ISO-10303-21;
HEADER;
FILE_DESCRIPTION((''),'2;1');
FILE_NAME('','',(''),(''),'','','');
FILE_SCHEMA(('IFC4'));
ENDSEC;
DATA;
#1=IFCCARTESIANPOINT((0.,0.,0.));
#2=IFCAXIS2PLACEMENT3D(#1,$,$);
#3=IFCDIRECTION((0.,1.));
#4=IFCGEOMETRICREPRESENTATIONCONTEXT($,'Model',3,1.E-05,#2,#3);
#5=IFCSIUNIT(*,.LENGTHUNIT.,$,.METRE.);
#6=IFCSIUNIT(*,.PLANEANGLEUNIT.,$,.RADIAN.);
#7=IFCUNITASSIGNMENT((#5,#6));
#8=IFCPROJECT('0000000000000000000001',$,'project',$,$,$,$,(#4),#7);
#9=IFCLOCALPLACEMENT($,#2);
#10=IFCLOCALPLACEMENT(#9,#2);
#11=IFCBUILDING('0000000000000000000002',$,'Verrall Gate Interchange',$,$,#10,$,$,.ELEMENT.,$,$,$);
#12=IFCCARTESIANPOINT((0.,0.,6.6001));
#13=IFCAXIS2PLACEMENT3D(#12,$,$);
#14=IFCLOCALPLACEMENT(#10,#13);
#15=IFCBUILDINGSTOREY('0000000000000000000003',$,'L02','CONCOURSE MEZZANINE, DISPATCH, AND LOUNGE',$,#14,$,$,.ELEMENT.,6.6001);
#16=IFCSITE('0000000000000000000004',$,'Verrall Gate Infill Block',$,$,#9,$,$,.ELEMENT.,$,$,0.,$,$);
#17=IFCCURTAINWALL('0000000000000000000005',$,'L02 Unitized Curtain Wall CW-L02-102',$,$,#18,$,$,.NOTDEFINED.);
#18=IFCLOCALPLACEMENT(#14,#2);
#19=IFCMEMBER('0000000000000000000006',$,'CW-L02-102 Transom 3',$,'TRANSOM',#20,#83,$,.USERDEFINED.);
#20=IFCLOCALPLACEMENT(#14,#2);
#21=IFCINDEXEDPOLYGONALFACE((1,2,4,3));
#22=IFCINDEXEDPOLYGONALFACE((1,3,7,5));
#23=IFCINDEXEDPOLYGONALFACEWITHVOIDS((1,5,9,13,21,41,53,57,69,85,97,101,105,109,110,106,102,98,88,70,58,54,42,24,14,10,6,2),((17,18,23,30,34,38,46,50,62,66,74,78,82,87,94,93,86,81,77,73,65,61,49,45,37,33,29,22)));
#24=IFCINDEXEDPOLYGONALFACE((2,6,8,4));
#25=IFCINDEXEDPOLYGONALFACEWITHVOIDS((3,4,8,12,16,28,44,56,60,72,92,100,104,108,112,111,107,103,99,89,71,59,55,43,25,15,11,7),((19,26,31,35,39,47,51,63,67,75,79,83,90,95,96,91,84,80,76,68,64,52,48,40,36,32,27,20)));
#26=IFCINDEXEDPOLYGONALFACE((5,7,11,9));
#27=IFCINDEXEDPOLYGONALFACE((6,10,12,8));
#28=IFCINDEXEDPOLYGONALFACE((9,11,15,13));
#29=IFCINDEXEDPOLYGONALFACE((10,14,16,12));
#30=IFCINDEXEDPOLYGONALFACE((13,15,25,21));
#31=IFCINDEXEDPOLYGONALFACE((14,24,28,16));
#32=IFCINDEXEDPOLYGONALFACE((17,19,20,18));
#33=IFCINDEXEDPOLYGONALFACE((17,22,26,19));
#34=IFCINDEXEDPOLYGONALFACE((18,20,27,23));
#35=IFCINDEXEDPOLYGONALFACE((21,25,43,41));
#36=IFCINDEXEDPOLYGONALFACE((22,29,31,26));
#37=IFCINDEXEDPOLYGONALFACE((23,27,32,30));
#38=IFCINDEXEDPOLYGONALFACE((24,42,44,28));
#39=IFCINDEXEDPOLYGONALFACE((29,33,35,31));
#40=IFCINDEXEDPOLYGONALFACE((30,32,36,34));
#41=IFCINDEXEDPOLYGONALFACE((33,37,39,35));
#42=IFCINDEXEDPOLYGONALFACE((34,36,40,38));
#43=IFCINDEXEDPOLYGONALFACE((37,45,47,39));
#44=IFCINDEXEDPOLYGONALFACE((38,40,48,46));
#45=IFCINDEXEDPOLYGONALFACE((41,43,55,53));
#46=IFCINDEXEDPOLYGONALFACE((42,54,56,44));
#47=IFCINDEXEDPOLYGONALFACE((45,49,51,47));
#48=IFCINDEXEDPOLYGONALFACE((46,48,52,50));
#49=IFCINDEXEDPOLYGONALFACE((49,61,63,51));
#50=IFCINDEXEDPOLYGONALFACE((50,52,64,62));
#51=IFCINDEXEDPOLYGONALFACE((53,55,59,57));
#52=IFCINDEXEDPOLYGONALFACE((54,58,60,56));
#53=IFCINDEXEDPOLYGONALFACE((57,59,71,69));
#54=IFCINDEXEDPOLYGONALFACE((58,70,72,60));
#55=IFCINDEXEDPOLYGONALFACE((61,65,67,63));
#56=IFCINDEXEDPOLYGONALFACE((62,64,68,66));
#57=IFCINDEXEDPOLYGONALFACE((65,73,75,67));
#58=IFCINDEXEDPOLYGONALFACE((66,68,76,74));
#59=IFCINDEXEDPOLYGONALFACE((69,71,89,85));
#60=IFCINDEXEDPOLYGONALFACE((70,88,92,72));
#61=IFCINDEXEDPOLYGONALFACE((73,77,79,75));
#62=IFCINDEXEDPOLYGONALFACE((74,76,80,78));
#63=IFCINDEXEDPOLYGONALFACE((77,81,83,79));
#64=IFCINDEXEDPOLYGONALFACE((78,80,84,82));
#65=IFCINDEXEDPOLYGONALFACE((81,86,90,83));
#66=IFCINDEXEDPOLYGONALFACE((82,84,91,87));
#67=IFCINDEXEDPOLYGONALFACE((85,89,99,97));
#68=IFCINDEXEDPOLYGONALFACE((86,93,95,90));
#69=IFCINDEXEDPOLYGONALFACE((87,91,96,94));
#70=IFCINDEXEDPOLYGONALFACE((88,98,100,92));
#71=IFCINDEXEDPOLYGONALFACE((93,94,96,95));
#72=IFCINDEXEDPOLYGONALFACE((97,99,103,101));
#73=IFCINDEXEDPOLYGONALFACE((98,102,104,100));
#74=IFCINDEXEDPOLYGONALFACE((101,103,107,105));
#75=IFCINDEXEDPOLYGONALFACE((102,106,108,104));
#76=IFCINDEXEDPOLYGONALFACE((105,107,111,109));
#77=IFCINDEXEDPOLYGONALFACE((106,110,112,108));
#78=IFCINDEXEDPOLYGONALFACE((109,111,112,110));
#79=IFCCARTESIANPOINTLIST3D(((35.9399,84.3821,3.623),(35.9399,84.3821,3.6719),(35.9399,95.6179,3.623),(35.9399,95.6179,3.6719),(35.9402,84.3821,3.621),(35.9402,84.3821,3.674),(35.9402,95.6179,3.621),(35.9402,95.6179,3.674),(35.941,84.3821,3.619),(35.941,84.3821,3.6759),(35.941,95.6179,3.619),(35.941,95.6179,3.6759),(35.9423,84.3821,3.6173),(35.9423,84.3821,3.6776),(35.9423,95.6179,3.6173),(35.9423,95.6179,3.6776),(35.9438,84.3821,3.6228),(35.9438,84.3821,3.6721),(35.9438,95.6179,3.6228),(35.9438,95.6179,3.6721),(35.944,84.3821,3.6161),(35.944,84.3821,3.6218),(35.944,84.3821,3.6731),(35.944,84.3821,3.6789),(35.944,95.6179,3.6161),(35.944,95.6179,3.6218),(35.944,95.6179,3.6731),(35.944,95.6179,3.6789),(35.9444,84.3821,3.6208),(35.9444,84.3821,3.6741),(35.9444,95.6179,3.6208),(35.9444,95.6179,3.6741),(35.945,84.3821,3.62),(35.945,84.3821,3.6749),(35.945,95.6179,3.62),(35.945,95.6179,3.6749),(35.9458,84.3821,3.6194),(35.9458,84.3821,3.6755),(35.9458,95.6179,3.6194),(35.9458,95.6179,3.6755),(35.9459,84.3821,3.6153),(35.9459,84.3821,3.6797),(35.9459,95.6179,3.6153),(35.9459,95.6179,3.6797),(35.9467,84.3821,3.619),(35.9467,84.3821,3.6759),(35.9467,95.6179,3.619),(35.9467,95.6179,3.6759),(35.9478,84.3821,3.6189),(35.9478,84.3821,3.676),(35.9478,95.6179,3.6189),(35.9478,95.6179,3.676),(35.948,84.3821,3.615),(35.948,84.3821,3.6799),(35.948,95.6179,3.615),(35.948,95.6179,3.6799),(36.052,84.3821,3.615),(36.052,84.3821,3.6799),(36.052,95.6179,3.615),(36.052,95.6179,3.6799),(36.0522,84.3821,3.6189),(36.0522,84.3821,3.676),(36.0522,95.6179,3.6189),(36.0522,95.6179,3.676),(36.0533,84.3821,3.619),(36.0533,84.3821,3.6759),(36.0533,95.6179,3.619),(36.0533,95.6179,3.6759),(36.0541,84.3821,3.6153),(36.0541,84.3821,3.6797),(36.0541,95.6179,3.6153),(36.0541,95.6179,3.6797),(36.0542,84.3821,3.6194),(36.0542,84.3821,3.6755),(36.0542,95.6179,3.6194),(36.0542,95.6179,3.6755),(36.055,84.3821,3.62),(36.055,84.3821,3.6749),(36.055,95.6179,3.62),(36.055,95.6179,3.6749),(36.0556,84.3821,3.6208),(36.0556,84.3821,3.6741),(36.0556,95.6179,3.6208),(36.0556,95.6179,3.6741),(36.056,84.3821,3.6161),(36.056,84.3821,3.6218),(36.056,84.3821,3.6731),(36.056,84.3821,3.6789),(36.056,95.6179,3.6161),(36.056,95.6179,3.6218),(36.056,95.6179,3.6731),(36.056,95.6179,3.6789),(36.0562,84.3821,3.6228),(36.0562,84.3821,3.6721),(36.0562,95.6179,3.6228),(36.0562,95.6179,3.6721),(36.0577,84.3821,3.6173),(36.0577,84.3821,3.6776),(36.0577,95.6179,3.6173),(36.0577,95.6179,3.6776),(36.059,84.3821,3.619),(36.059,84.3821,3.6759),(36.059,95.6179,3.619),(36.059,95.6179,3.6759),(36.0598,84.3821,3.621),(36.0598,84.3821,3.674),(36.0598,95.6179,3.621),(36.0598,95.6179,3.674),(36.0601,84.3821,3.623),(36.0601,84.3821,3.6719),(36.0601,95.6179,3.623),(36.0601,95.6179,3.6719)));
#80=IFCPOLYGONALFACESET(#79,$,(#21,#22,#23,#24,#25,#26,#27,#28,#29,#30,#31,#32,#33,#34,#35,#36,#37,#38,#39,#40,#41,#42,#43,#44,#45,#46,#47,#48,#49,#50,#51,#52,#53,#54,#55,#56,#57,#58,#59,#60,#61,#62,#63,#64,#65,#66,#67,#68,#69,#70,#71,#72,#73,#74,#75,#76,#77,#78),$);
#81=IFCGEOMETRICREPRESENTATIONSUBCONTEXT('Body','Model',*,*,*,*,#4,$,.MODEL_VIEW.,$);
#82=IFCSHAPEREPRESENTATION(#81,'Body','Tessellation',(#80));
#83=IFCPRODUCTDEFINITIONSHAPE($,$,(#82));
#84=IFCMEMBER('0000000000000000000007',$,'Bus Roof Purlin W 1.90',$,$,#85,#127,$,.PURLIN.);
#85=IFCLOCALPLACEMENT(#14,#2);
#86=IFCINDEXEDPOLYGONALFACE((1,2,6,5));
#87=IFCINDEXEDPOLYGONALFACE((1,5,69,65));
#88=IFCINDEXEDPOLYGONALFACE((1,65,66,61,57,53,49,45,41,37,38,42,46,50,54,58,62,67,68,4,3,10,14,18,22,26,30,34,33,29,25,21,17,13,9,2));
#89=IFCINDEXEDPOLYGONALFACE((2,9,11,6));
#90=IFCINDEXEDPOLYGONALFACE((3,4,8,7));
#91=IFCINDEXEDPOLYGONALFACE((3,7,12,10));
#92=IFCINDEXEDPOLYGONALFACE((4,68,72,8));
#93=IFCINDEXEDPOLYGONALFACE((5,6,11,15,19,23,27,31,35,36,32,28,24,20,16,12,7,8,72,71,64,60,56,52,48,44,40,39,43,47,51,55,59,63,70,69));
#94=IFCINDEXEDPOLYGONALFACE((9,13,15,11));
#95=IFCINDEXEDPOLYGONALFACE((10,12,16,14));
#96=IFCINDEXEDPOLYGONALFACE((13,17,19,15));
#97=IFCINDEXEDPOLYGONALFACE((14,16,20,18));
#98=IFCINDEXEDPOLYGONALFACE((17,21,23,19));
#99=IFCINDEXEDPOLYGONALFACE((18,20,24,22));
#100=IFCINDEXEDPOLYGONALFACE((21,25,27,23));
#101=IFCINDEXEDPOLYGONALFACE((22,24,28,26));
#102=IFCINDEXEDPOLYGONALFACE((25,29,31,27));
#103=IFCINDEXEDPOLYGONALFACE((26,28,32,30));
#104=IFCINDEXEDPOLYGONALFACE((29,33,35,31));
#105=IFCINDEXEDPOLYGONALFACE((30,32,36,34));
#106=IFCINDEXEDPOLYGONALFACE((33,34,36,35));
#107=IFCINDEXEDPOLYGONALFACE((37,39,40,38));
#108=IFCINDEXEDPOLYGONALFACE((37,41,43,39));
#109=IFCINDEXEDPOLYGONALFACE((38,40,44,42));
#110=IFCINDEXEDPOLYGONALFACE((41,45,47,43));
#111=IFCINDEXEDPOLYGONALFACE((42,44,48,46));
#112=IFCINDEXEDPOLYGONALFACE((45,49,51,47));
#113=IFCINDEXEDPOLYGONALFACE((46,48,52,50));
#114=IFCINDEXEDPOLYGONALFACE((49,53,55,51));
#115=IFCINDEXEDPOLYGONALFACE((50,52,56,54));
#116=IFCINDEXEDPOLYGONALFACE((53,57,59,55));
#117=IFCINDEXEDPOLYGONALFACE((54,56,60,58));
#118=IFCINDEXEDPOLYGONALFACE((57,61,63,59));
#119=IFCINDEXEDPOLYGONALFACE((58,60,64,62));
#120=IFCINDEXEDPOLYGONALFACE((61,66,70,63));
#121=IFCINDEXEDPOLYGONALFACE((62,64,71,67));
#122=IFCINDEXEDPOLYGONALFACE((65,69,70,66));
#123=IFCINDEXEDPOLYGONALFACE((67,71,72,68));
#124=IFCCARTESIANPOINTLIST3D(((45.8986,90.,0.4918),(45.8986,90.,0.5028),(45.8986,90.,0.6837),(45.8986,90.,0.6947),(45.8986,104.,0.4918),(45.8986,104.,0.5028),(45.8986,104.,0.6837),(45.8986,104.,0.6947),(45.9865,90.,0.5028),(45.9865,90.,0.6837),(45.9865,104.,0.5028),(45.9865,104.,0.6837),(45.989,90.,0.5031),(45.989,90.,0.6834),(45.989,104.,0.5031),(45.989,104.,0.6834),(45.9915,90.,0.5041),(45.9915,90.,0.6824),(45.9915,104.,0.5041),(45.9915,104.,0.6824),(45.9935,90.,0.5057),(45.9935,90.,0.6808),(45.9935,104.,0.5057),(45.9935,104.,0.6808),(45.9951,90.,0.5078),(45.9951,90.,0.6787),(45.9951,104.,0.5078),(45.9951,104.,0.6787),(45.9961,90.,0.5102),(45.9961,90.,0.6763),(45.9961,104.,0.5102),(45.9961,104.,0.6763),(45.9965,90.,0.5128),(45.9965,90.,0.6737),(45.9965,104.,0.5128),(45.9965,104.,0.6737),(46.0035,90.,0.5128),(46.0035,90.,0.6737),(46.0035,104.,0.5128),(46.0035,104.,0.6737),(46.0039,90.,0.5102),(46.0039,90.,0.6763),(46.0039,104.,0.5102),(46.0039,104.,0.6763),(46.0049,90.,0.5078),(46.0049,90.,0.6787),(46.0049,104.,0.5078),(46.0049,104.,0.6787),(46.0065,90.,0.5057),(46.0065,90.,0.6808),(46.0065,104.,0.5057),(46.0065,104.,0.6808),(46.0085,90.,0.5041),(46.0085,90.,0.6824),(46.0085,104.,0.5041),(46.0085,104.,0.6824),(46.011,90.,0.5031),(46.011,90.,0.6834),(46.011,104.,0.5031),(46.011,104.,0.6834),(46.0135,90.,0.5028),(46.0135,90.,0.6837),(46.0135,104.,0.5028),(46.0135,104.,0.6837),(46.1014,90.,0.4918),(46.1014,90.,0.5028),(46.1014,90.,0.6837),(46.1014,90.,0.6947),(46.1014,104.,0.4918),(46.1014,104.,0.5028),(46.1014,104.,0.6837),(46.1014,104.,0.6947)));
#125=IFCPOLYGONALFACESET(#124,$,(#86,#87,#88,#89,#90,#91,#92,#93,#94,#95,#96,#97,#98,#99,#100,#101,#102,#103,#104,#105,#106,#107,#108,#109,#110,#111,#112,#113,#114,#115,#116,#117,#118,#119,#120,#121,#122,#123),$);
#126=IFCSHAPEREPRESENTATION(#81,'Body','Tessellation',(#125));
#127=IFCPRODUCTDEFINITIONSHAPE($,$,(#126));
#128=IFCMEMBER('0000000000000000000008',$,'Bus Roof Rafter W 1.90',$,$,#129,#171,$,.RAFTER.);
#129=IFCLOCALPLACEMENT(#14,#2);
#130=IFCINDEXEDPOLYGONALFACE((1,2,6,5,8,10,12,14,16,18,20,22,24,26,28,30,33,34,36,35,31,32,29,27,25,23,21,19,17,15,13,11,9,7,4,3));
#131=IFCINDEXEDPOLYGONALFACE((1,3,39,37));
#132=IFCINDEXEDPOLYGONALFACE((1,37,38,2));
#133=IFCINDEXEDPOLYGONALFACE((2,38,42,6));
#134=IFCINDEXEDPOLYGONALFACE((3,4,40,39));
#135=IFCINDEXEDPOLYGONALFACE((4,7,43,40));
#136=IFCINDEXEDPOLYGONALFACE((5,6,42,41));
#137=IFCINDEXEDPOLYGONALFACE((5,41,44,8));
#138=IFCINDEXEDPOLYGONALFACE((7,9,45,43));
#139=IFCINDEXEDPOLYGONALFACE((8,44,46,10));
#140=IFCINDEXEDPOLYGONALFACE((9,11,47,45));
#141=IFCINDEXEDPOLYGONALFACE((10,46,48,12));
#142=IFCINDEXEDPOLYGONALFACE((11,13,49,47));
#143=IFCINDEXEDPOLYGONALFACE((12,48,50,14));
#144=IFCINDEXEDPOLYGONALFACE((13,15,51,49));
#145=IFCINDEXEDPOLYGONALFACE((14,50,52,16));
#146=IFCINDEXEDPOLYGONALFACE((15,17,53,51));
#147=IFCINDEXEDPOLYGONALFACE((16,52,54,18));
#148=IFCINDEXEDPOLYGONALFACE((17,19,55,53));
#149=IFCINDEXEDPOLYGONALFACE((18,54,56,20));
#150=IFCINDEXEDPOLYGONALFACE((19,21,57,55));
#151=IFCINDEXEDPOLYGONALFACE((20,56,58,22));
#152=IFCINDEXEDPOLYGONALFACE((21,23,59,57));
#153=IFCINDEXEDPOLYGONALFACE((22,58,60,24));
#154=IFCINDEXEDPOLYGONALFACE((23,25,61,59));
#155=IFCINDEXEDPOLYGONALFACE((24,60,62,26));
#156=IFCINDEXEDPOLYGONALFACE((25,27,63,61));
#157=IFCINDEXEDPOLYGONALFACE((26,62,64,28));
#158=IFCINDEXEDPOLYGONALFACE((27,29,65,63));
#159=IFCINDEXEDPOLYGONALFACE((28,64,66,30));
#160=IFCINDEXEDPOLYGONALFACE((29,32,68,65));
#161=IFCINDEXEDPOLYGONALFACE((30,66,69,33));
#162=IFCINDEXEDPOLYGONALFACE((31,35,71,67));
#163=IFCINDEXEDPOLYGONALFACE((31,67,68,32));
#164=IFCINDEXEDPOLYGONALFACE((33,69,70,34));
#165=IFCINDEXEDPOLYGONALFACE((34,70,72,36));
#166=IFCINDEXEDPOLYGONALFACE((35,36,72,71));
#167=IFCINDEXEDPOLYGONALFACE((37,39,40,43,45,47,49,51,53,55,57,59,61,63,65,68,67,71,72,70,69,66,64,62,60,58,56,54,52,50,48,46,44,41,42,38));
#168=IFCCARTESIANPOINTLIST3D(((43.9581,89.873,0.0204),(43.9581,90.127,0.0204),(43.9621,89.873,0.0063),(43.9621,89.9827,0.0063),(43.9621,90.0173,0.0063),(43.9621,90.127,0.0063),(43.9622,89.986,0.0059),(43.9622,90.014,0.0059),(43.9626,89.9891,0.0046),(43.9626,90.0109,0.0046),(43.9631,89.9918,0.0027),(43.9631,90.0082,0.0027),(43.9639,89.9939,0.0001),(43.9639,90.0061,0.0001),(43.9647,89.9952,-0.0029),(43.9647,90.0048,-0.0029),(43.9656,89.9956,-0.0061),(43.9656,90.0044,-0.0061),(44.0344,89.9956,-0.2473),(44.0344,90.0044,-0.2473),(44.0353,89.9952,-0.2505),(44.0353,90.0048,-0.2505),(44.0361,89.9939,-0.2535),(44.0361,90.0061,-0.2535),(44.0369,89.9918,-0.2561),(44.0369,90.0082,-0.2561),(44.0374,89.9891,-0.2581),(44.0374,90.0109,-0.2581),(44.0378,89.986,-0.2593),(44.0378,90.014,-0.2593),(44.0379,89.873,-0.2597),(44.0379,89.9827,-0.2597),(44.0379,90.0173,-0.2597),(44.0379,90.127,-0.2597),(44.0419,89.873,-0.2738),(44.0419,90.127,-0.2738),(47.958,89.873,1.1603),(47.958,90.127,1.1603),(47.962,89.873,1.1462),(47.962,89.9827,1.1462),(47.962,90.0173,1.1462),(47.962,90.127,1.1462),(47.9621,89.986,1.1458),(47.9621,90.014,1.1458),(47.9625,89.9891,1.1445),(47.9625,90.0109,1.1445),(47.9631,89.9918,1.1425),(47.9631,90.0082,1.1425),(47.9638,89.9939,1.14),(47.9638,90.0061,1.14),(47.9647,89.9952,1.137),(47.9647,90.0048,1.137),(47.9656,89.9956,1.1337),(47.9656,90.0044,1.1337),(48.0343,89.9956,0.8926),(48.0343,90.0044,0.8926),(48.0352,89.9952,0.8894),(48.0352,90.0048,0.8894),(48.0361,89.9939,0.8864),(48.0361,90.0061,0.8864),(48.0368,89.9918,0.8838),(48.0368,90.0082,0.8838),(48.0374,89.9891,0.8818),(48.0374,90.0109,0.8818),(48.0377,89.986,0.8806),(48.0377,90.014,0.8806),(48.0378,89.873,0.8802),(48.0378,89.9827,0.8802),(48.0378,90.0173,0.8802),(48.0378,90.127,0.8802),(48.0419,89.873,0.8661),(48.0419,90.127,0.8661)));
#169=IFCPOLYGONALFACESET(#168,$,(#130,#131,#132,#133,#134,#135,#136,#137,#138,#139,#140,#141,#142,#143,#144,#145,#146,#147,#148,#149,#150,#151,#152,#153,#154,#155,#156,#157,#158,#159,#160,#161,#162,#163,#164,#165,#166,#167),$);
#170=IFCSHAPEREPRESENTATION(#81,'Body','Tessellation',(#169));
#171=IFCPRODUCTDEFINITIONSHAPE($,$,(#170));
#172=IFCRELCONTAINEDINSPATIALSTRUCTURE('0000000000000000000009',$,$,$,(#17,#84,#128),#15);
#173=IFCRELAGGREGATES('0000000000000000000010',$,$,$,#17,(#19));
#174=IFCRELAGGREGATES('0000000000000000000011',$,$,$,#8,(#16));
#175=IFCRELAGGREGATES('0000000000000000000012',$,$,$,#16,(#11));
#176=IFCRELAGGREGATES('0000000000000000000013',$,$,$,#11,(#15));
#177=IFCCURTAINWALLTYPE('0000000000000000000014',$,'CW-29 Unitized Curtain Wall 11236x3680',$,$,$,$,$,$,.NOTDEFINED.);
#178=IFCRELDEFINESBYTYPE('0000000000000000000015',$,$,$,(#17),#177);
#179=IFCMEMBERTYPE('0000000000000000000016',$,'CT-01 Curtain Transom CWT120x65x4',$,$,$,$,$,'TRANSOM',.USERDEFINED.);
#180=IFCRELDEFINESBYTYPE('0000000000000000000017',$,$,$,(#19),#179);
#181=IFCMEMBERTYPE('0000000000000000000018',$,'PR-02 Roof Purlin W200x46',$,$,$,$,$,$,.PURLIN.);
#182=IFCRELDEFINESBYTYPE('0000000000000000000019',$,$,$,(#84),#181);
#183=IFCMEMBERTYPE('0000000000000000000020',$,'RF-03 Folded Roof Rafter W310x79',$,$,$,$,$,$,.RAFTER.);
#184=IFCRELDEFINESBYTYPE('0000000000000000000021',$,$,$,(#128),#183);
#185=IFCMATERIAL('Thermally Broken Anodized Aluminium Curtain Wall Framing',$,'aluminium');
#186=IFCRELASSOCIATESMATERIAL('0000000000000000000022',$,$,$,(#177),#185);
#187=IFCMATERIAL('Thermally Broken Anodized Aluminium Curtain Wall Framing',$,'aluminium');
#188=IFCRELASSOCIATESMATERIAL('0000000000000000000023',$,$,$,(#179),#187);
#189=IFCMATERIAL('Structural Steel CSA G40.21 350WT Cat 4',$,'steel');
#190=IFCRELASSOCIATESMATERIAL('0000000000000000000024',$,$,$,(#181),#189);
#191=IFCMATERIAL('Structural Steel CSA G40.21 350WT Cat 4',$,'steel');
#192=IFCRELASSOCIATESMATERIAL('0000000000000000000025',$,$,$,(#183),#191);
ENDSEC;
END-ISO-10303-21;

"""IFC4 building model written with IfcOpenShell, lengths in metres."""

from ifc_helpers import new_model, si_unit, direction, frame, origin, origin_2d, place, context, subcontext, project, spatial, hollow_rectangle, i_section, extrude, material, material_profile, profile_set, type_object, element, aggregate, save


model = new_model("IFC4")

# Units and contexts
model_context = context("Model", 3, precision=1e-05, world=origin(), true_north=direction((0.0, 1.0)))
body_context = subcontext(model_context, "Body", "Model", "MODEL_VIEW")
ifc_project = project(units=[si_unit("LENGTHUNIT", "METRE"), si_unit("PLANEANGLEUNIT", "RADIAN")], contexts=[model_context])

# Site, building, storey
site_placement = place(None, origin())
site = spatial("IfcSite", under=ifc_project, at=site_placement, Name="Verrall Gate Infill Block", CompositionType="ELEMENT", RefElevation=0.0)
building_placement = place(site_placement, origin())
building = spatial("IfcBuilding", under=site, at=building_placement, Name="Verrall Gate Interchange", CompositionType="ELEMENT")
storey_placement = place(building_placement, frame((0.0, 0.0, 6.6001)))
storey = spatial("IfcBuildingStorey", under=building, at=storey_placement, Name="L02", Description="CONCOURSE MEZZANINE, DISPATCH, AND LOUNGE", CompositionType="ELEMENT", Elevation=6.6001)

# Curtain wall, member
ifc_material_1 = material(Name="Thermally Broken Anodized Aluminium Curtain Wall Framing", Category="aluminium")
curtain_wall_type = type_object("IfcCurtainWallType", Name="CW-29 Unitized Curtain Wall 11236x3680", PredefinedType="NOTDEFINED", material=ifc_material_1)
curtain_wall_placement = place(storey_placement, origin())
curtain_wall = element("IfcCurtainWall", 1, at=curtain_wall_placement, inside=storey, type_object=curtain_wall_type, Name="L02 Unitized Curtain Wall CW-L02-102", PredefinedType="NOTDEFINED")
ifc_material_2 = material(Name="Thermally Broken Anodized Aluminium Curtain Wall Framing", Category="aluminium")
ifc_material_profile_1 = material_profile(ifc_material_2, hollow_rectangle(XDim=0.1201, YDim=0.0649, WallThickness=0.0039, InnerFilletRadius=0.0039, OuterFilletRadius=0.0081, at=origin_2d()), Name="CWT120x65x4")
ifc_profile_set_1 = profile_set([ifc_material_profile_1], Name="Thermally Broken Anodized Aluminium Curtain Wall Framing")
member_type_1 = type_object("IfcMemberType", Name="CT-01 Curtain Transom CWT120x65x4", ElementType="TRANSOM", PredefinedType="USERDEFINED", material=ifc_profile_set_1)
member_1_placement = place(storey_placement, frame((36.0, 84.3821, 3.6475), z_axis=(0.0, 1.0, 0.0), x_axis=(-1.0, 0.0, 0.0)))
member_1 = element("IfcMember", 2, at=member_1_placement, type_object=member_type_1, Name="CW-L02-102 Transom 3", ObjectType="TRANSOM", PredefinedType="USERDEFINED", context=body_context, shape_type="SweptSolid", body=[
    extrude(hollow_rectangle(XDim=0.1201, YDim=0.0649, WallThickness=0.0039, InnerFilletRadius=0.0039, OuterFilletRadius=0.0081, at=origin_2d()), origin(), (0.0, 0.0, 1.0), 11.2358),
])

# Members
ifc_material_3 = material(Name="Structural Steel CSA G40.21 350WT Cat 4", Category="steel")
ifc_material_profile_2 = material_profile(ifc_material_3, i_section(OverallWidth=0.2029, OverallDepth=0.2029, WebThickness=0.0071, FlangeThickness=0.011, FilletRadius=0.01, at=origin_2d()), Name="W200x46")
ifc_profile_set_2 = profile_set([ifc_material_profile_2], Name="Structural Steel CSA G40.21 350WT Cat 4")
member_type_2 = type_object("IfcMemberType", Name="PR-02 Roof Purlin W200x46", PredefinedType="PURLIN", material=ifc_profile_set_2)
member_2_placement = place(storey_placement, frame((46.0, 90.0, 0.5933), z_axis=(0.0, 1.0, 0.0), x_axis=(-1.0, 0.0, 0.0)))
element("IfcMember", 3, at=member_2_placement, inside=storey, type_object=member_type_2, Name="Bus Roof Purlin W 1.90", PredefinedType="PURLIN", context=body_context, shape_type="SweptSolid", body=[
    extrude(i_section(OverallWidth=0.2029, OverallDepth=0.2029, WebThickness=0.0071, FlangeThickness=0.011, FilletRadius=0.01, at=origin_2d()), origin(), (0.0, 0.0, 1.0), 14.0),
])
ifc_material_4 = material(Name="Structural Steel CSA G40.21 350WT Cat 4", Category="steel")
ifc_material_profile_3 = material_profile(ifc_material_4, i_section(OverallWidth=0.2539, OverallDepth=0.3059, WebThickness=0.0088, FlangeThickness=0.0146, FilletRadius=0.0129, at=origin_2d()), Name="W310x79")
ifc_profile_set_3 = profile_set([ifc_material_profile_3], Name="Structural Steel CSA G40.21 350WT Cat 4")
member_type_3 = type_object("IfcMemberType", Name="RF-03 Folded Roof Rafter W310x79", PredefinedType="RAFTER", material=ifc_profile_set_3)
for number, where, z_axis, x_axis, name in (
    (4, (44.0, 90.0, -0.1267), (0.961712, 0.0, 0.274062), (0.0, 1.0, 0.0), "Bus Roof Rafter W 1.90"),
):
    element("IfcMember", number, at=place(storey_placement, frame(where, z_axis=z_axis, x_axis=x_axis)), inside=storey, type_object=member_type_3, Name=name, PredefinedType="RAFTER", context=body_context, shape_type="SweptSolid", body=[
        extrude(i_section(OverallWidth=0.2539, OverallDepth=0.3059, WebThickness=0.0088, FlangeThickness=0.0146, FilletRadius=0.0129, at=origin_2d()), origin(), (0.0, 0.0, 1.0), 4.1592),
    ])

aggregate(curtain_wall, [member_1])

save(model, "model.ifc")
